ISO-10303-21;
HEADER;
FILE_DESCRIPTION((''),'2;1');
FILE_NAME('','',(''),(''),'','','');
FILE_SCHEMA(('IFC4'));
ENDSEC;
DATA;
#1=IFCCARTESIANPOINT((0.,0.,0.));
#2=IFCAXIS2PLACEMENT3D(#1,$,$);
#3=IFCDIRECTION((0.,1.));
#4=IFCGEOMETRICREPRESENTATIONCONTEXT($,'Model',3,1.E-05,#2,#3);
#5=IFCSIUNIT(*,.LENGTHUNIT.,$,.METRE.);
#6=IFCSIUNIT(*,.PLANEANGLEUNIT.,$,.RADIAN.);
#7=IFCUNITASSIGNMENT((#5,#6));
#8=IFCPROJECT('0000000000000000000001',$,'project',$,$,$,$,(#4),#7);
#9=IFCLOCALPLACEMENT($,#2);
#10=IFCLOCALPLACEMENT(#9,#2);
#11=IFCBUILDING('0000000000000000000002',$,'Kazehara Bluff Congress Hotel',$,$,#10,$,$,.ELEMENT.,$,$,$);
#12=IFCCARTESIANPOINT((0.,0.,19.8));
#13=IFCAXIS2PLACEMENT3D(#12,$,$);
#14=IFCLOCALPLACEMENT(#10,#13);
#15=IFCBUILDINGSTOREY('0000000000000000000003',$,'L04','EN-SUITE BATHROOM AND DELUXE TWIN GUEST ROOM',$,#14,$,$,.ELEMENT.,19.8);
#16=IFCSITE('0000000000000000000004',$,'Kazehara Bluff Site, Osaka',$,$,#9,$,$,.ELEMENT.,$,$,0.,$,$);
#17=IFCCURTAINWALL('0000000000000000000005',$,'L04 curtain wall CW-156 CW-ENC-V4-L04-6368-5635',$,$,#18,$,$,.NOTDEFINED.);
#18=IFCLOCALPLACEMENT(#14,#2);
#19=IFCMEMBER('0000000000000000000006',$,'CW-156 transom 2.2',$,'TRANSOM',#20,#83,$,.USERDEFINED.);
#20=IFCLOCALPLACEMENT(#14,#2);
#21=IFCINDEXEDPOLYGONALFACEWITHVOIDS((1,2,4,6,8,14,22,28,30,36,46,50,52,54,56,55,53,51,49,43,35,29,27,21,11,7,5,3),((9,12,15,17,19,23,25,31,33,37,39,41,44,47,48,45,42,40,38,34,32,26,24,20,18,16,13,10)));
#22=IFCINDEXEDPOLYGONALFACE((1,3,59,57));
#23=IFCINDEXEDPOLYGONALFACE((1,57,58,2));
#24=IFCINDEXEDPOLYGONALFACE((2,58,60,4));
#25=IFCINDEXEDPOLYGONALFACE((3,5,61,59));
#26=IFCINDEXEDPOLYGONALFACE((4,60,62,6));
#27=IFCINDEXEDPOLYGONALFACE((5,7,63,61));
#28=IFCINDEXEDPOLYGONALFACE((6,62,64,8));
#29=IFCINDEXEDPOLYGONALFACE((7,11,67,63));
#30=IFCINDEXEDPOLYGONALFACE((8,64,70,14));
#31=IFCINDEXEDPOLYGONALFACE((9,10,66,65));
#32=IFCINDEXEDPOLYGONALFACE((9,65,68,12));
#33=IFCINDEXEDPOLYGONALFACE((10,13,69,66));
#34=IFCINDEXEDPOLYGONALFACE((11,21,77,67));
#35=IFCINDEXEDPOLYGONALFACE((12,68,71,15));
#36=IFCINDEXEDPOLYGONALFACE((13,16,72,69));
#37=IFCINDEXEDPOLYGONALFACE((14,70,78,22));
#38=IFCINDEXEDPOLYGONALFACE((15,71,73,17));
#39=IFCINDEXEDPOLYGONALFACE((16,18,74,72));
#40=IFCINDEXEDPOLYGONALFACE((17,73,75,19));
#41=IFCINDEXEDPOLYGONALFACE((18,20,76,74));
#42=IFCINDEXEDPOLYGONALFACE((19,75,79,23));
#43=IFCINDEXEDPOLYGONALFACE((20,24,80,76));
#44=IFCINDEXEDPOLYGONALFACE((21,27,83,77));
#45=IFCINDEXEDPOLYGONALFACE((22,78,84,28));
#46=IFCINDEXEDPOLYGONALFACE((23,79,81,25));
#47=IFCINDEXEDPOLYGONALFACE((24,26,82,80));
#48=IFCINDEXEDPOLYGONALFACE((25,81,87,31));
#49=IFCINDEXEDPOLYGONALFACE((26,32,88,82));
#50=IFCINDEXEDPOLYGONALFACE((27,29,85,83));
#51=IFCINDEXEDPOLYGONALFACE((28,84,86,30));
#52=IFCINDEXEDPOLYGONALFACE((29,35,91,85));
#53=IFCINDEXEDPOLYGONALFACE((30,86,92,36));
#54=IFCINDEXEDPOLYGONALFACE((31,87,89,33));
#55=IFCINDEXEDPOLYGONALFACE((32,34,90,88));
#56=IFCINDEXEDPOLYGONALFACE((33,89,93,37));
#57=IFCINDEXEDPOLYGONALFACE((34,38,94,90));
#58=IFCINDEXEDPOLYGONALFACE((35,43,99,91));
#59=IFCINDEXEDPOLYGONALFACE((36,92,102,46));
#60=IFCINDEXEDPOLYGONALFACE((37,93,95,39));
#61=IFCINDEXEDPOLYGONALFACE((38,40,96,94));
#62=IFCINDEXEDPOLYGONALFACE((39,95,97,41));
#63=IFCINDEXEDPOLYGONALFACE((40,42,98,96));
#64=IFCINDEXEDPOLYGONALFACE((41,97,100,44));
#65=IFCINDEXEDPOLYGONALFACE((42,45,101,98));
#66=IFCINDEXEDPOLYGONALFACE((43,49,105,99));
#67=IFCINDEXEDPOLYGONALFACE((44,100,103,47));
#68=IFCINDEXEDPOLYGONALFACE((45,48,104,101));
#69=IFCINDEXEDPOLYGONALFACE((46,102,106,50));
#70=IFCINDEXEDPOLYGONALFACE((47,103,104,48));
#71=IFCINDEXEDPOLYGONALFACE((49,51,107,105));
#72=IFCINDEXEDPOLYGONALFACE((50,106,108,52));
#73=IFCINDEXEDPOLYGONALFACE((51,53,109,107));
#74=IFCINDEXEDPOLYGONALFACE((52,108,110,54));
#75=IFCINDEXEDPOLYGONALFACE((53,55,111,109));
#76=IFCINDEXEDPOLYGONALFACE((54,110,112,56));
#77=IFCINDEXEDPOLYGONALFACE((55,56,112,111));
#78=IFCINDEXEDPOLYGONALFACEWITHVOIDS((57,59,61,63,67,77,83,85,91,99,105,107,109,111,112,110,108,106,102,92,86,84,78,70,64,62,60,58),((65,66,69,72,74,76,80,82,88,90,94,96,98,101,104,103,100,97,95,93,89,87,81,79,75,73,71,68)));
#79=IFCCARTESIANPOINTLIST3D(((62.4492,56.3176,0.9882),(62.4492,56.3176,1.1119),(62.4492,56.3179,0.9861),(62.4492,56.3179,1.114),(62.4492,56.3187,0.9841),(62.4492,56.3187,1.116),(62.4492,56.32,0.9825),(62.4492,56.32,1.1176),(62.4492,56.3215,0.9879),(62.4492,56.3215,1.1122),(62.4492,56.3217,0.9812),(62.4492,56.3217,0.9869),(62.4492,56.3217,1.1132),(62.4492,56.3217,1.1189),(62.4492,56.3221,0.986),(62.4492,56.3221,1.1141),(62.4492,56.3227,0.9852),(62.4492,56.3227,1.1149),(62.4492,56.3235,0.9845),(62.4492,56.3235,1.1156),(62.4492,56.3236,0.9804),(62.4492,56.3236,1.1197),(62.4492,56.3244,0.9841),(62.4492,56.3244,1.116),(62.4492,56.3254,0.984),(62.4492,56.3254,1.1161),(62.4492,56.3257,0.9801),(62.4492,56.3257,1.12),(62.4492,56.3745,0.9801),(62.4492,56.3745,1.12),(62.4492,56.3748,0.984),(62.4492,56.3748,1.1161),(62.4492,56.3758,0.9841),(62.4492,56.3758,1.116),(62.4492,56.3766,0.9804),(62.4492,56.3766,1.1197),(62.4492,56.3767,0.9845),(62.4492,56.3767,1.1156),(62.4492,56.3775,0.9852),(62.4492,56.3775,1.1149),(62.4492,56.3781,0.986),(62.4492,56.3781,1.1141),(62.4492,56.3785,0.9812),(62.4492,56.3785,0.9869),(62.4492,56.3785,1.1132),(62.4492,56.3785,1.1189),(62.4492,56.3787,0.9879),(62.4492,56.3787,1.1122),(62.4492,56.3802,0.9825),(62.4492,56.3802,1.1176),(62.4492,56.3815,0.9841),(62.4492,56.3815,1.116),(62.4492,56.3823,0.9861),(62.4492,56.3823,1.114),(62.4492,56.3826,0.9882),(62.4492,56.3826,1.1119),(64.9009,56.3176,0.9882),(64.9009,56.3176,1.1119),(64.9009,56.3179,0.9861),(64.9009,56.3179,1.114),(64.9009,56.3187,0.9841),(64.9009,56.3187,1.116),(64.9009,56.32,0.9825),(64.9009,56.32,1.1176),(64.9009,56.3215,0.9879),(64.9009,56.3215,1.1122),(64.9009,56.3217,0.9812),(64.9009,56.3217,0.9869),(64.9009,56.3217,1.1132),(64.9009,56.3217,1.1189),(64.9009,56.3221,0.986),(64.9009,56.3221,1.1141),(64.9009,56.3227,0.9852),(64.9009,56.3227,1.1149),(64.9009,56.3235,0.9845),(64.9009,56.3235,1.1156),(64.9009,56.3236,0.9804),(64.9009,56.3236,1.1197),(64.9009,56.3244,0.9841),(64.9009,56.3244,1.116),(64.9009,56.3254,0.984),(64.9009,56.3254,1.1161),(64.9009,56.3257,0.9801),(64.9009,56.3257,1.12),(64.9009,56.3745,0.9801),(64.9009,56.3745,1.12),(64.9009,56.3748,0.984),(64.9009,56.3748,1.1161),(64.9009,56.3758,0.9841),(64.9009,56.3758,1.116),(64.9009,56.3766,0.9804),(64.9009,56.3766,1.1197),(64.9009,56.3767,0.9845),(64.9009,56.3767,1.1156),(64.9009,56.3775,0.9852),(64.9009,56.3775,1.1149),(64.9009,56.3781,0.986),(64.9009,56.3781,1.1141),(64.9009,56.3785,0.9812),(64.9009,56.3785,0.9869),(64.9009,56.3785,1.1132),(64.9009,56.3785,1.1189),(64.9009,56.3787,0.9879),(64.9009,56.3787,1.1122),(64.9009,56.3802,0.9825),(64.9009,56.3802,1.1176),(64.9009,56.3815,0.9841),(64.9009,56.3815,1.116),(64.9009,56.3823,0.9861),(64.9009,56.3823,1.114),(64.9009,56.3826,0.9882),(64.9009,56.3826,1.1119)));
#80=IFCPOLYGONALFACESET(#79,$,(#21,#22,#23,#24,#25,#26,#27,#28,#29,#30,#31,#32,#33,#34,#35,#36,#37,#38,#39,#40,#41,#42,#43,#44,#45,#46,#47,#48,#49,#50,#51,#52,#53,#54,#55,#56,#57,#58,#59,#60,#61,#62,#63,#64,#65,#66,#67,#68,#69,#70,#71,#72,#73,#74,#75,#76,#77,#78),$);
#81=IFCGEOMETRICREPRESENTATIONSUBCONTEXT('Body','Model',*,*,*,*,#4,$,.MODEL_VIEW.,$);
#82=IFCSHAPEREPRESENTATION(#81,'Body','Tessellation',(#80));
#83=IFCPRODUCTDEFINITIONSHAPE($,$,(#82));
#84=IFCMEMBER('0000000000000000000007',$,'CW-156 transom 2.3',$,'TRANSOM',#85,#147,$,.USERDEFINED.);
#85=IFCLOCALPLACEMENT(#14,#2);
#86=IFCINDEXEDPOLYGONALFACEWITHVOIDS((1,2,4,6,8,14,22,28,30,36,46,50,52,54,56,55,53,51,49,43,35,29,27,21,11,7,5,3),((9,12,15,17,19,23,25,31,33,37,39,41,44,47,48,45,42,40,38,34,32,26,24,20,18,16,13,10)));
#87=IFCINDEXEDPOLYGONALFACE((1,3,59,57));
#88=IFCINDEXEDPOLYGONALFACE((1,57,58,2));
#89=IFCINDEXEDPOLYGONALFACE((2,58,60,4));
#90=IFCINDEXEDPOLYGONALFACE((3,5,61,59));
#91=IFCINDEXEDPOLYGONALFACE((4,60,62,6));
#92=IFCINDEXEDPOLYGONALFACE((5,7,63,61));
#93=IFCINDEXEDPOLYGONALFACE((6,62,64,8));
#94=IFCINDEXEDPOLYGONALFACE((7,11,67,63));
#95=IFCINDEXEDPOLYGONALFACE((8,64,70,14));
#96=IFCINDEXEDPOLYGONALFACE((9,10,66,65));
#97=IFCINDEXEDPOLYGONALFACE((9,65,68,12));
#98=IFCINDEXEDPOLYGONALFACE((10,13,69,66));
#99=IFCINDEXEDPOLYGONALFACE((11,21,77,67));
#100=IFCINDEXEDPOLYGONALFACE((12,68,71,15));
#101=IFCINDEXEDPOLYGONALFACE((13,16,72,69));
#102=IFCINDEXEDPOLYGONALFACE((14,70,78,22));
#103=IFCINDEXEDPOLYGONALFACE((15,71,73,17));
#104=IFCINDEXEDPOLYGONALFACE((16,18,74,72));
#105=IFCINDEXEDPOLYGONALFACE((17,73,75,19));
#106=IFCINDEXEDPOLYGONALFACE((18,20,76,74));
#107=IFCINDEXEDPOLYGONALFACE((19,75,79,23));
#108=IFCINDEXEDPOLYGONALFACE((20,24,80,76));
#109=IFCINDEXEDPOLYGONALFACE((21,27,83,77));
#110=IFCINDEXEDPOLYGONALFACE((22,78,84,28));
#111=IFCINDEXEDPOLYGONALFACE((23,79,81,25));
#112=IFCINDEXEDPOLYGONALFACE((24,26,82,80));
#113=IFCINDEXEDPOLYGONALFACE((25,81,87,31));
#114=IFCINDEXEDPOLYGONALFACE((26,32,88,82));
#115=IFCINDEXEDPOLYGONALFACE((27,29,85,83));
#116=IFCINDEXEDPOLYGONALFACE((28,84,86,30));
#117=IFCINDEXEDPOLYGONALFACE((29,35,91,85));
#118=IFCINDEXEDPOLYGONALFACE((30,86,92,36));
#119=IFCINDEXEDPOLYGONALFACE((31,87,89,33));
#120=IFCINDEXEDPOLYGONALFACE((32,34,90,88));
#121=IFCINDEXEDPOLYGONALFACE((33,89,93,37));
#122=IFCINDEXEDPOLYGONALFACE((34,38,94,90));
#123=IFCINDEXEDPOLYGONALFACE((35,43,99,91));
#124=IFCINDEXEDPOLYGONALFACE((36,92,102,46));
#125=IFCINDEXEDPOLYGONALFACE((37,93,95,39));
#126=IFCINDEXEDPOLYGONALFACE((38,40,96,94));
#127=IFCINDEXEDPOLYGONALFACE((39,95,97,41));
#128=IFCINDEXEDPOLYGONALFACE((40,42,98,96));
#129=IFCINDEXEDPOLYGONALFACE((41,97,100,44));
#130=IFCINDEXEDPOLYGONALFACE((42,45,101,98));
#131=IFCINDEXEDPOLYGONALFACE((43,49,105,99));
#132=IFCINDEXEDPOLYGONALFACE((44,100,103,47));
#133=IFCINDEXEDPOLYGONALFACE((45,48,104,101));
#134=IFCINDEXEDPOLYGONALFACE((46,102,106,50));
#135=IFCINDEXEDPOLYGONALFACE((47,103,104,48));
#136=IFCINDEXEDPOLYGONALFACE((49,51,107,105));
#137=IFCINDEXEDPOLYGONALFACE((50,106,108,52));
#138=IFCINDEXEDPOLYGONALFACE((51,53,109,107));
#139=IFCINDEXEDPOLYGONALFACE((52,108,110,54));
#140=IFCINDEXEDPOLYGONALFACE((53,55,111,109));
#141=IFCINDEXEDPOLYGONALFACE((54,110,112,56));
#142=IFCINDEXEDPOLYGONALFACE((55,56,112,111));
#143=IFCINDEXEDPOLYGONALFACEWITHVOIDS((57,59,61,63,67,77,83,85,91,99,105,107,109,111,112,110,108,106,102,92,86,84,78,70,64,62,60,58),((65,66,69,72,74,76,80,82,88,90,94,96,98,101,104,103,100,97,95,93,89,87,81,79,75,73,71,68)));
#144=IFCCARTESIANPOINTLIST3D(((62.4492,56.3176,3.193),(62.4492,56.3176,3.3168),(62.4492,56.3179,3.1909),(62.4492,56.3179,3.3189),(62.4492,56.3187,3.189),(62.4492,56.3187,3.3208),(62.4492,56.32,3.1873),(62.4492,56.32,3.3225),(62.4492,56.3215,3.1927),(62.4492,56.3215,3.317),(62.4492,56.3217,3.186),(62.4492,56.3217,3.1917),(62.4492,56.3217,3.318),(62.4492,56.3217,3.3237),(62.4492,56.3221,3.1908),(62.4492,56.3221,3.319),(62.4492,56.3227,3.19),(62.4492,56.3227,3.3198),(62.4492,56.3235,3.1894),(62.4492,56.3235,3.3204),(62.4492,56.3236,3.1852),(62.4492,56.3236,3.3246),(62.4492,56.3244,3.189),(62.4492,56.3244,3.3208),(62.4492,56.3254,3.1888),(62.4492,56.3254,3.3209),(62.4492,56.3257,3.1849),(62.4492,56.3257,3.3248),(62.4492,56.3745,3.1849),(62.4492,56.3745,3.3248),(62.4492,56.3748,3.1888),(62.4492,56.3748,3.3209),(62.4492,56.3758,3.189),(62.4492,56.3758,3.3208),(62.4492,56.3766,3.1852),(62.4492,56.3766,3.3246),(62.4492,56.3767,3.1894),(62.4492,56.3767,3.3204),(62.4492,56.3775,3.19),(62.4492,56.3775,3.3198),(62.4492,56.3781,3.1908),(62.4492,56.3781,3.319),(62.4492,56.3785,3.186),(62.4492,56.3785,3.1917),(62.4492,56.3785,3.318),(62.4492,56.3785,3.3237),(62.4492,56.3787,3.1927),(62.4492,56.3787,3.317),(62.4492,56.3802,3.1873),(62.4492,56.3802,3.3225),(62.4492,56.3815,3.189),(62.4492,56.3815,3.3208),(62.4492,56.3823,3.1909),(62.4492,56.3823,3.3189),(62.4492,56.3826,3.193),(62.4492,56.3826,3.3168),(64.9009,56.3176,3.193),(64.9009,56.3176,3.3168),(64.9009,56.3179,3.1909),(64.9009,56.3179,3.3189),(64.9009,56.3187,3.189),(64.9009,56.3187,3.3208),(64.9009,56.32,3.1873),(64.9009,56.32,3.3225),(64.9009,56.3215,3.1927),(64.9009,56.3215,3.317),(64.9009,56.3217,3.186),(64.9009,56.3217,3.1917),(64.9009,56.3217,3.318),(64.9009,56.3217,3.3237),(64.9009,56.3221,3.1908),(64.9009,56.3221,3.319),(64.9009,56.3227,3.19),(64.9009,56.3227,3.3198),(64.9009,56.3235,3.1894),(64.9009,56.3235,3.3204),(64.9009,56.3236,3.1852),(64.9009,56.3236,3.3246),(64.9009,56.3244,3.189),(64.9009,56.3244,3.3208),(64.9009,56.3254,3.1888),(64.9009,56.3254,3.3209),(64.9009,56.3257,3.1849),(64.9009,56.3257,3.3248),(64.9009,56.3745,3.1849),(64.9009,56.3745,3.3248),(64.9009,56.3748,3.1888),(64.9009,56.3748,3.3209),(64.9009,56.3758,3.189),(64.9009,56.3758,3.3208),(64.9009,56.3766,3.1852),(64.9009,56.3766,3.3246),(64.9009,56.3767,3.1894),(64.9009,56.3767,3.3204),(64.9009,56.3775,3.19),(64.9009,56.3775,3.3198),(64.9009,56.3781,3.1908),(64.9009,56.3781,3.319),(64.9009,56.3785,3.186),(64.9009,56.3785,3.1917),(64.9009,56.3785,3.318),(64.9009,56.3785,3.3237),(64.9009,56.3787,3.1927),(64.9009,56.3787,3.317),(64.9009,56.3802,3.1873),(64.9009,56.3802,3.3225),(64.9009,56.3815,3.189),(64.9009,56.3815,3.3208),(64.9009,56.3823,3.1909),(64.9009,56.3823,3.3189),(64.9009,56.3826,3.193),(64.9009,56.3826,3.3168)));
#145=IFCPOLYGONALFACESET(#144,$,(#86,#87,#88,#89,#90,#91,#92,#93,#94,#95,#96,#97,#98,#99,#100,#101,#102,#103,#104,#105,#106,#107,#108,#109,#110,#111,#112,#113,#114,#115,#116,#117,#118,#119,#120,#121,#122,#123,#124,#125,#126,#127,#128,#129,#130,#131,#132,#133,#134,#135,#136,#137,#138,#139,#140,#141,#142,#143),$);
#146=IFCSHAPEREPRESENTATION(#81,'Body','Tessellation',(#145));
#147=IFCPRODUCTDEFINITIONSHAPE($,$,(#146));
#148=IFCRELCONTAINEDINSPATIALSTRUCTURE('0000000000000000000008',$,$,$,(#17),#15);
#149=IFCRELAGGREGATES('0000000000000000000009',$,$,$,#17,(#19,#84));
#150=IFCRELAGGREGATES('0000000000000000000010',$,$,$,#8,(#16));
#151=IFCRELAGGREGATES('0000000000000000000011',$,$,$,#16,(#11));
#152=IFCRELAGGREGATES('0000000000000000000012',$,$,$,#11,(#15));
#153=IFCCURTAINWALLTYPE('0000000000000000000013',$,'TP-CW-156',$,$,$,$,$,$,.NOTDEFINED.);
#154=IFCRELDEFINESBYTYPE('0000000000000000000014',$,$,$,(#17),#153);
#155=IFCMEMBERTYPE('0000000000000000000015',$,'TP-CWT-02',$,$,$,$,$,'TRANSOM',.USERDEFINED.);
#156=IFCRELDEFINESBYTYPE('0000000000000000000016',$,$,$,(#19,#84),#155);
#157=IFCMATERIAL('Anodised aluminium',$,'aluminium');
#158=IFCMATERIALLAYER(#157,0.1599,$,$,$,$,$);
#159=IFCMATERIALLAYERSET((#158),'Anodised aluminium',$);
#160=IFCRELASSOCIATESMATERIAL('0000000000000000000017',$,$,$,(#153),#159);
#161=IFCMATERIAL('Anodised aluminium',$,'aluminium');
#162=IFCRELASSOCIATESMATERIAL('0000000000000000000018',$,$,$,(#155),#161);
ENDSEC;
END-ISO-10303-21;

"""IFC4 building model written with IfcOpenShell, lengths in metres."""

from ifc_helpers import new_model, si_unit, direction, frame, origin, origin_2d, place, context, subcontext, project, spatial, hollow_rectangle, extrude, material, layer, layer_set, material_profile, profile_set, type_object, element, aggregate, save


model = new_model("IFC4")

# Units and contexts
model_context = context("Model", 3, precision=1e-05, world=origin(), true_north=direction((0.0, 1.0)))
body_context = subcontext(model_context, "Body", "Model", "MODEL_VIEW")
ifc_project = project(units=[si_unit("LENGTHUNIT", "METRE"), si_unit("PLANEANGLEUNIT", "RADIAN")], contexts=[model_context])

# Site, building, storey
site_placement = place(None, origin())
site = spatial("IfcSite", under=ifc_project, at=site_placement, Name="Kazehara Bluff Site, Osaka", CompositionType="ELEMENT", RefElevation=0.0)
building_placement = place(site_placement, origin())
building = spatial("IfcBuilding", under=site, at=building_placement, Name="Kazehara Bluff Congress Hotel", CompositionType="ELEMENT")
storey_placement = place(building_placement, frame((0.0, 0.0, 19.8)))
storey = spatial("IfcBuildingStorey", under=building, at=storey_placement, Name="L04", Description="EN-SUITE BATHROOM AND DELUXE TWIN GUEST ROOM", CompositionType="ELEMENT", Elevation=19.8)

# Curtain wall, members
ifc_material_1 = material(Name="Anodised aluminium", Category="aluminium")
ifc_layer_1 = layer(ifc_material_1, 0.1599)
ifc_layer_set_1 = layer_set([ifc_layer_1], Name="Anodised aluminium")
curtain_wall_type = type_object("IfcCurtainWallType", Name="TP-CW-156", PredefinedType="NOTDEFINED", material=ifc_layer_set_1)
curtain_wall_placement = place(storey_placement, origin())
curtain_wall = element("IfcCurtainWall", 1, at=curtain_wall_placement, inside=storey, type_object=curtain_wall_type, Name="L04 curtain wall CW-156 CW-ENC-V4-L04-6368-5635", PredefinedType="NOTDEFINED")
ifc_material_2 = material(Name="Anodised aluminium", Category="aluminium")
ifc_material_profile_1 = material_profile(ifc_material_2, hollow_rectangle(XDim=0.0649, YDim=0.1399, WallThickness=0.0039, InnerFilletRadius=0.0039, OuterFilletRadius=0.0081, at=origin_2d()))
ifc_profile_set_1 = profile_set([ifc_material_profile_1], Name="Anodised aluminium")
member_type_1 = type_object("IfcMemberType", Name="TP-CWT-02", ElementType="TRANSOM", PredefinedType="USERDEFINED", material=ifc_profile_set_1)
member_1_placement = place(storey_placement, frame((62.4492, 56.3501, 1.05), z_axis=(1.0, 0.0, 0.0), x_axis=(0.0, 1.0, 0.0)))
member_1 = element("IfcMember", 2, at=member_1_placement, type_object=member_type_1, Name="CW-156 transom 2.2", ObjectType="TRANSOM", PredefinedType="USERDEFINED", context=body_context, shape_type="SweptSolid", body=[
    extrude(hollow_rectangle(XDim=0.0649, YDim=0.1399, WallThickness=0.0039, InnerFilletRadius=0.0039, OuterFilletRadius=0.0081, at=origin_2d()), origin(), (0.0, 0.0, 1.0), 2.4517),
])
member_2_placement = place(storey_placement, frame((62.4492, 56.3501, 3.2549), z_axis=(1.0, 0.0, 0.0), x_axis=(0.0, 1.0, 0.0)))
member_2 = element("IfcMember", 3, at=member_2_placement, type_object=member_type_1, Name="CW-156 transom 2.3", ObjectType="TRANSOM", PredefinedType="USERDEFINED", context=body_context, shape_type="SweptSolid", body=[
    extrude(hollow_rectangle(XDim=0.0649, YDim=0.1399, WallThickness=0.0039, InnerFilletRadius=0.0039, OuterFilletRadius=0.0081, at=origin_2d()), origin(), (0.0, 0.0, 1.0), 2.4517),
])

aggregate(curtain_wall, [member_1, member_2])

save(model, "model.ifc")
